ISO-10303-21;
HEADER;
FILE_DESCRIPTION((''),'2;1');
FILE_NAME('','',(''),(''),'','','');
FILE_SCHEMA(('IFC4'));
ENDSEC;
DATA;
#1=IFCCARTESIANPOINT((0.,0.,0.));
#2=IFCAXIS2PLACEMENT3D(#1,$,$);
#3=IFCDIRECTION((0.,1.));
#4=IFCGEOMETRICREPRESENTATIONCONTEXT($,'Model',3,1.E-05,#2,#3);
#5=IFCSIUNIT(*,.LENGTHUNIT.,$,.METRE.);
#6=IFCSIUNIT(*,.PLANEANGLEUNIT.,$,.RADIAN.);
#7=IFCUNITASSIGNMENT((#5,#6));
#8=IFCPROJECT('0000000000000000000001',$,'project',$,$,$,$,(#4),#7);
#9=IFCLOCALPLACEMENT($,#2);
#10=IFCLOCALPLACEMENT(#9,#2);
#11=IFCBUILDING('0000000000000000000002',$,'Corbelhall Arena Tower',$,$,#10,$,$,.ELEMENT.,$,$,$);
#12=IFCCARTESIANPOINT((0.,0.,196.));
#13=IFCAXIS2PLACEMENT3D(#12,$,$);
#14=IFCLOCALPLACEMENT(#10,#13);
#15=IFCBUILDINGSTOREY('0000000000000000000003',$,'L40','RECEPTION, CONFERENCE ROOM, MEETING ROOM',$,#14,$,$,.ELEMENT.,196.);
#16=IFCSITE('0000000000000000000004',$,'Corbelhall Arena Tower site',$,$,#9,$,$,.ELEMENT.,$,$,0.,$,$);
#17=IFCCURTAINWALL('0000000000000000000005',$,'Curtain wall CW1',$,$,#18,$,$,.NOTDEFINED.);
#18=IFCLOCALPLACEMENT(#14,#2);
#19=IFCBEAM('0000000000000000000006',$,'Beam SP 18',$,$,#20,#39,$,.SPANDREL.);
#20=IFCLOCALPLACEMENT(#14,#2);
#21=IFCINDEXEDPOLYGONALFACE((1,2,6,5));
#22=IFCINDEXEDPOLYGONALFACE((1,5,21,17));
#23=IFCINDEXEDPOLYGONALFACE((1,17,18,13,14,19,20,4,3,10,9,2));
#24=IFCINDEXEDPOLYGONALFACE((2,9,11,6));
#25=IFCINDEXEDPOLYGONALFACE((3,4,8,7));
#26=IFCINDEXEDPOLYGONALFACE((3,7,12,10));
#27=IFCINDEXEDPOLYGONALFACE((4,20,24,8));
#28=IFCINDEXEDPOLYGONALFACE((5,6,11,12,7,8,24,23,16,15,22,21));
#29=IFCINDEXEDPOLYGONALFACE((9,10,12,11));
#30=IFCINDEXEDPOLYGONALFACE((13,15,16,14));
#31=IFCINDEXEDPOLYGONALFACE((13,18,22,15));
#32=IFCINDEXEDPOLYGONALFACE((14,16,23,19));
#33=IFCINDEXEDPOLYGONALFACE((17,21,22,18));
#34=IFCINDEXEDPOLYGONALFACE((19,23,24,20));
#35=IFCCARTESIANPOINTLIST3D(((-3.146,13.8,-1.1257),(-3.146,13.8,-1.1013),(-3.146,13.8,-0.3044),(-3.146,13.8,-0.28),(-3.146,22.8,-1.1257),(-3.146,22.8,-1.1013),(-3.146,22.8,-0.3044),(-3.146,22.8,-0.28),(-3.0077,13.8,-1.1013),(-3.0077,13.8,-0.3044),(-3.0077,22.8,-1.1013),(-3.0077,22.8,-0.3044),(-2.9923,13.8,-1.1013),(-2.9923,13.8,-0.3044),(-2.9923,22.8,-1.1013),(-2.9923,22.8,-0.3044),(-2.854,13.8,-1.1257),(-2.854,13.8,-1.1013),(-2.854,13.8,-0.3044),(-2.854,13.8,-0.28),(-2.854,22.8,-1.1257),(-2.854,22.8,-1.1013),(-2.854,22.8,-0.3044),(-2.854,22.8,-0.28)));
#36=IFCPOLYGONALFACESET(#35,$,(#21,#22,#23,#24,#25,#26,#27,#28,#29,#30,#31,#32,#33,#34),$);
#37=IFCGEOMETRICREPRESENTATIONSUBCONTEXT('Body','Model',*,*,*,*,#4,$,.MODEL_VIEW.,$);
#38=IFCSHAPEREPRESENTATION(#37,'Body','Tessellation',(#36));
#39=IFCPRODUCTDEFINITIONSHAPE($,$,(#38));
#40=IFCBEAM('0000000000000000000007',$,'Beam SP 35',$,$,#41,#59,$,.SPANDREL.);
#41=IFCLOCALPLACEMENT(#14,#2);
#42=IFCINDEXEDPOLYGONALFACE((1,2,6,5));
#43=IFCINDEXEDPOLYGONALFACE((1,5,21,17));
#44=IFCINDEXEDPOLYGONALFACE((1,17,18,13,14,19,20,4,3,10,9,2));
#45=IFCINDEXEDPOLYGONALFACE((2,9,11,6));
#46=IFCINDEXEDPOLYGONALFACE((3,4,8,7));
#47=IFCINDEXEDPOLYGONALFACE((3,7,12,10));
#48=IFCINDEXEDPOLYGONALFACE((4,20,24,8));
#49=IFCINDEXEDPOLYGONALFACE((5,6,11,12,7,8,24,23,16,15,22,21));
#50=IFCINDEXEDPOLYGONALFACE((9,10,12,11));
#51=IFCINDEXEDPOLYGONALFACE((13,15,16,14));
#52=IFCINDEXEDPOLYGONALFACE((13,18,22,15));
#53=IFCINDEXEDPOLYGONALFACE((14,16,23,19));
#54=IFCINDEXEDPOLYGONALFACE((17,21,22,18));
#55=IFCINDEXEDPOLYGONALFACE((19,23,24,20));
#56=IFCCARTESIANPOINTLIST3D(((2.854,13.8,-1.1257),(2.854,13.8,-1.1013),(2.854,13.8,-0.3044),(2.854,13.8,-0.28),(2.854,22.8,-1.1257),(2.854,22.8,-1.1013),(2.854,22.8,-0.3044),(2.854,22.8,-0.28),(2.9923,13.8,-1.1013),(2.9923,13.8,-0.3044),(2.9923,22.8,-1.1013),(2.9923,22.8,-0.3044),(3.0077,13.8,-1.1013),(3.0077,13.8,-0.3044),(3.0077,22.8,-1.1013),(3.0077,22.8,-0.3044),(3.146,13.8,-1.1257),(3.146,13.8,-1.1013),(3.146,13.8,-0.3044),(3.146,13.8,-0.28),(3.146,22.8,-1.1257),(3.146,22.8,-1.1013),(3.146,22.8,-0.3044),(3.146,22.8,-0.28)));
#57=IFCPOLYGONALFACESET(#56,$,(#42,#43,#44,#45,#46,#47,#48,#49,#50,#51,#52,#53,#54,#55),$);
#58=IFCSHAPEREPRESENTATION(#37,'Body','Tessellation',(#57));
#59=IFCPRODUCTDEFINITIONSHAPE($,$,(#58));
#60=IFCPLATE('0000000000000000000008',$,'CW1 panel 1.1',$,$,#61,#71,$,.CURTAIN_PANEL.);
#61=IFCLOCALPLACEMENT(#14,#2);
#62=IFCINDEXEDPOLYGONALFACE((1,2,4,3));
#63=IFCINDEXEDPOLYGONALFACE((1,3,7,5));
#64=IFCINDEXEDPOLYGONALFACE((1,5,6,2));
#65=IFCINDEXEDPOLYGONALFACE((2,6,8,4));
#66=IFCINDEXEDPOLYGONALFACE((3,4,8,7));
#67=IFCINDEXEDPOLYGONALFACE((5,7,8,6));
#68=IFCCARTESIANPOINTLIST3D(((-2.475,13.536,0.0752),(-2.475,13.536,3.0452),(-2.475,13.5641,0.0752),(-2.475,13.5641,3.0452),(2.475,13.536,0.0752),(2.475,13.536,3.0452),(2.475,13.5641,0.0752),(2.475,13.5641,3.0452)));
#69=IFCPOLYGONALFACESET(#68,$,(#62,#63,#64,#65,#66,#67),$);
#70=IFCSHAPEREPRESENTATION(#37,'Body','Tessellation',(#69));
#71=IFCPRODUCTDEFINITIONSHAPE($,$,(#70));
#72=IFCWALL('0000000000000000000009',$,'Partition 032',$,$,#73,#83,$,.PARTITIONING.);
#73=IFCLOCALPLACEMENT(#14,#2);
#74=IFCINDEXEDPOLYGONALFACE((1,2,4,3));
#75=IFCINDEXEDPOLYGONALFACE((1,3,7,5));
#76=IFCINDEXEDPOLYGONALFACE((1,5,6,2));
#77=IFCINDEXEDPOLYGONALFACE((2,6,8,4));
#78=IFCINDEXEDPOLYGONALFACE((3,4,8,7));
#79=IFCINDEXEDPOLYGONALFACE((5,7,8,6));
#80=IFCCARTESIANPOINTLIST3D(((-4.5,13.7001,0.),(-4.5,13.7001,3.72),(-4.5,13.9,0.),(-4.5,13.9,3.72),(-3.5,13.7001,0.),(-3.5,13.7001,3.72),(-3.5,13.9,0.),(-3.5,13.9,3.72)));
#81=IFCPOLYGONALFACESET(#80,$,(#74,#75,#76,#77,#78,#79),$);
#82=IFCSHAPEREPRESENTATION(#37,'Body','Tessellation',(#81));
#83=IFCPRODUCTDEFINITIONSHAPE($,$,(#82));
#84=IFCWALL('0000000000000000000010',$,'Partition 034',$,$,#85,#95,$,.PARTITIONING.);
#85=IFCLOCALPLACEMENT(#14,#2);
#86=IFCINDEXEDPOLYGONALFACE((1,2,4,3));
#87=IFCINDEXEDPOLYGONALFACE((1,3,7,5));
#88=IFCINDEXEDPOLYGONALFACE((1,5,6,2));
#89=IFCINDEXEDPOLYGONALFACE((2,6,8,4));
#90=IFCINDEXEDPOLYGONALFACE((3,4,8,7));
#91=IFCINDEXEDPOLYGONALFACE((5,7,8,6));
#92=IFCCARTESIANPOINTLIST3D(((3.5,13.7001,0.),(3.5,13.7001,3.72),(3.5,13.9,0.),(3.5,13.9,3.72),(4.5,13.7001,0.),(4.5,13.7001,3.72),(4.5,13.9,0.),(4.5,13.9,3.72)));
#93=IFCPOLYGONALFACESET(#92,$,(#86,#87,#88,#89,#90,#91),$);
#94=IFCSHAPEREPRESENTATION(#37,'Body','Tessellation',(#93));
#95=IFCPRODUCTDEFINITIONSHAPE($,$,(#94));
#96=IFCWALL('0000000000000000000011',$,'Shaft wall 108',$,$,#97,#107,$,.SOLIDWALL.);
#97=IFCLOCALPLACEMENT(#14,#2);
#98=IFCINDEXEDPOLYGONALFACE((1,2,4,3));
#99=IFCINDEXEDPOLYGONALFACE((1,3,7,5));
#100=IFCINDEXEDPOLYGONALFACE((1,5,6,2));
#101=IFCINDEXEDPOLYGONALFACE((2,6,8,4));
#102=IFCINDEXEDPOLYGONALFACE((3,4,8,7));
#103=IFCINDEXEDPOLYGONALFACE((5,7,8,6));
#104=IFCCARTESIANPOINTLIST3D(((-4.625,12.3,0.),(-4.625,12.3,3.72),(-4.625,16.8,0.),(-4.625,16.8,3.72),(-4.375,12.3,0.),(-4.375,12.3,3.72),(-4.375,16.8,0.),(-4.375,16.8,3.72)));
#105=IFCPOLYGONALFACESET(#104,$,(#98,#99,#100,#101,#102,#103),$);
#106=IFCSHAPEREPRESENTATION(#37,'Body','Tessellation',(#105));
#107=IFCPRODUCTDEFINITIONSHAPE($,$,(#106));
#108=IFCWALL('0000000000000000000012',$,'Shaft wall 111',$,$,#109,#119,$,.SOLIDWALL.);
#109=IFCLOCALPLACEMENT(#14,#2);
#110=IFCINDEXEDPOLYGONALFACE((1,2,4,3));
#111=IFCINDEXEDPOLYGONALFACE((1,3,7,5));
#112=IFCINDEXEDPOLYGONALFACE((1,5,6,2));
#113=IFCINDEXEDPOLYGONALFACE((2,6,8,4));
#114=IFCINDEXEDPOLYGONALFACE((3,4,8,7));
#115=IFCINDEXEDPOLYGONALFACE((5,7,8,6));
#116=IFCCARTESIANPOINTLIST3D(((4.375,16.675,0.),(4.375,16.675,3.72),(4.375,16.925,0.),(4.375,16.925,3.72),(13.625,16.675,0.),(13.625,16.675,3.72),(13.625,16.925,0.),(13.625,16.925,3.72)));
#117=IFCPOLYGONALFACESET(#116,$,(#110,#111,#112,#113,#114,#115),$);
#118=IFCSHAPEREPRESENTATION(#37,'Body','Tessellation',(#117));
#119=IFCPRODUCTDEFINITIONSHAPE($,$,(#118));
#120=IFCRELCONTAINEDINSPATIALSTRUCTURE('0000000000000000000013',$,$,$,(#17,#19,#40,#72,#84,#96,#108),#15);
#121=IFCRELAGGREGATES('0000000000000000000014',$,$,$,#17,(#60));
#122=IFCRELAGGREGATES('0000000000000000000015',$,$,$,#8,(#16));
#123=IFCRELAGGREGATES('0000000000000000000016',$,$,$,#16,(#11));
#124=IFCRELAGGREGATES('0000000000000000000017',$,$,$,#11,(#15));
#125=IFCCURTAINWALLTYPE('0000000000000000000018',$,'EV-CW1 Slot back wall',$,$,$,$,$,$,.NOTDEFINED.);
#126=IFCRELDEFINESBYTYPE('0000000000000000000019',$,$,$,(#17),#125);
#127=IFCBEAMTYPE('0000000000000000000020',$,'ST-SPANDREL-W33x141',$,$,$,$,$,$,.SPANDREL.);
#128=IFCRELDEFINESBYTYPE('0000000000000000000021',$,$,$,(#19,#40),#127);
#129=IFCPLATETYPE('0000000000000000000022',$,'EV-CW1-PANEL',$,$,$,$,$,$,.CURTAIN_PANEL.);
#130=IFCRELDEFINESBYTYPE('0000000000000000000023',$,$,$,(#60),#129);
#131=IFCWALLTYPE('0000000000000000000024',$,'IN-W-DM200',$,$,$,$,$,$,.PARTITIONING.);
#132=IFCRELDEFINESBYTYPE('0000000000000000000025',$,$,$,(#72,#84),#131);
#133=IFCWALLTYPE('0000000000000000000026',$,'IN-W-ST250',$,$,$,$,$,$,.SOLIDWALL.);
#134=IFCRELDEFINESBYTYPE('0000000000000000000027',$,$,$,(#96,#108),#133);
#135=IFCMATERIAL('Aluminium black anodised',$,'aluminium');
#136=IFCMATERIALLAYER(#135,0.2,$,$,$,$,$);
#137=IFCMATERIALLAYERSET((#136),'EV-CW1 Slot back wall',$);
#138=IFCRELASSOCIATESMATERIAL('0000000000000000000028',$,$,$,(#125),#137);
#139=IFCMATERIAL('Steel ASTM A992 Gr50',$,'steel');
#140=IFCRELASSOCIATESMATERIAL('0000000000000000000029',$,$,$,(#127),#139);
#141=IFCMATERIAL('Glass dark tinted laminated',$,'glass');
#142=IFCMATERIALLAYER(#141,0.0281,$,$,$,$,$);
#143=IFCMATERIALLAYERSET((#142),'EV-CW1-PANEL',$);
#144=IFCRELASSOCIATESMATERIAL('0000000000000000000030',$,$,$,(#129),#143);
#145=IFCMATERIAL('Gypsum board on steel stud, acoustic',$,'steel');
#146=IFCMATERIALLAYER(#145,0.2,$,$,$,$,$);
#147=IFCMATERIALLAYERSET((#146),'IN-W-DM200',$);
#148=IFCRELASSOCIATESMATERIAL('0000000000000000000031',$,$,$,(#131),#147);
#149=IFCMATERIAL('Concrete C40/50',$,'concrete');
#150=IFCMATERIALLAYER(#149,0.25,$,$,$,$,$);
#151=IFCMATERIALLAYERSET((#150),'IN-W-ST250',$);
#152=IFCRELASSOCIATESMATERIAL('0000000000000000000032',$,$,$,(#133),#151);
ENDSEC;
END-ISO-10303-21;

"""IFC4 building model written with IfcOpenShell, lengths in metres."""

from ifc_helpers import new_model, si_unit, direction, frame, frame_2d, origin, origin_2d, place, context, subcontext, project, spatial, rectangle, i_section, extrude, material, layer, layer_set, material_profile, profile_set, type_object, element, aggregate, save


model = new_model("IFC4")

# Units and contexts
model_context = context("Model", 3, precision=1e-05, world=origin(), true_north=direction((0.0, 1.0)))
body_context = subcontext(model_context, "Body", "Model", "MODEL_VIEW")
ifc_project = project(units=[si_unit("LENGTHUNIT", "METRE"), si_unit("PLANEANGLEUNIT", "RADIAN")], contexts=[model_context])

# Site, building, storey
site_placement = place(None, origin())
site = spatial("IfcSite", under=ifc_project, at=site_placement, Name="Corbelhall Arena Tower site", CompositionType="ELEMENT", RefElevation=0.0)
building_placement = place(site_placement, origin())
building = spatial("IfcBuilding", under=site, at=building_placement, Name="Corbelhall Arena Tower", CompositionType="ELEMENT")
storey_placement = place(building_placement, frame((0.0, 0.0, 196.0)))
storey = spatial("IfcBuildingStorey", under=building, at=storey_placement, Name="L40", Description="RECEPTION, CONFERENCE ROOM, MEETING ROOM", CompositionType="ELEMENT", Elevation=196.0)

# Curtain wall
ifc_material_1 = material(Name="Aluminium black anodised", Category="aluminium")
ifc_layer_1 = layer(ifc_material_1, 0.2)
ifc_layer_set_1 = layer_set([ifc_layer_1], Name="EV-CW1 Slot back wall")
curtain_wall_type = type_object("IfcCurtainWallType", Name="EV-CW1 Slot back wall", PredefinedType="NOTDEFINED", material=ifc_layer_set_1)
curtain_wall_placement = place(storey_placement, origin())
curtain_wall = element("IfcCurtainWall", 1, at=curtain_wall_placement, inside=storey, type_object=curtain_wall_type, Name="Curtain wall CW1", PredefinedType="NOTDEFINED")

# Beams
ifc_material_2 = material(Name="Steel ASTM A992 Gr50", Category="steel")
ifc_material_profile_1 = material_profile(ifc_material_2, i_section(OverallWidth=0.292, OverallDepth=0.8457, WebThickness=0.0154, FlangeThickness=0.0244, at=origin_2d()))
ifc_profile_set_1 = profile_set([ifc_material_profile_1], Name="Steel ASTM A992 Gr50")
beam_type_1 = type_object("IfcBeamType", Name="ST-SPANDREL-W33x141", PredefinedType="SPANDREL", material=ifc_profile_set_1)
for number, where, z_axis, x_axis, name in (
    (2, (-3.0, 22.8, -0.7029), (0.0, -1.0, 0.0), (1.0, 0.0, 0.0), "Beam SP 18"),
    (3, (3.0, 13.8, -0.7029), (0.0, 1.0, 0.0), (-1.0, 0.0, 0.0), "Beam SP 35"),
):
    element("IfcBeam", number, at=place(storey_placement, frame(where, z_axis=z_axis, x_axis=x_axis)), inside=storey, type_object=beam_type_1, Name=name, PredefinedType="SPANDREL", context=body_context, shape_type="SweptSolid", body=[
        extrude(i_section(OverallWidth=0.292, OverallDepth=0.8457, WebThickness=0.0154, FlangeThickness=0.0244, at=origin_2d()), origin(), (0.0, 0.0, 1.0), 9.0),
    ])

# Plate
ifc_material_3 = material(Name="Glass dark tinted laminated", Category="glass")
ifc_layer_2 = layer(ifc_material_3, 0.0281)
ifc_layer_set_2 = layer_set([ifc_layer_2], Name="EV-CW1-PANEL")
plate_type = type_object("IfcPlateType", Name="EV-CW1-PANEL", PredefinedType="CURTAIN_PANEL", material=ifc_layer_set_2)
plate_placement = place(storey_placement, frame((0.0, 13.55, 0.0752), z_axis=(0.0, 0.0, 1.0), x_axis=(-1.0, 0.0, 0.0)))
plate = element("IfcPlate", 4, at=plate_placement, type_object=plate_type, Name="CW1 panel 1.1", PredefinedType="CURTAIN_PANEL", context=body_context, shape_type="SweptSolid", body=[
    extrude(rectangle(XDim=4.95, YDim=0.0281, at=origin_2d()), origin(), (0.0, 0.0, 1.0), 2.97),
])
aggregate(curtain_wall, [plate])

# Walls
ifc_material_4 = material(Name="Gypsum board on steel stud, acoustic", Category="steel")
ifc_layer_3 = layer(ifc_material_4, 0.2)
ifc_layer_set_3 = layer_set([ifc_layer_3], Name="IN-W-DM200")
wall_type_1 = type_object("IfcWallType", Name="IN-W-DM200", PredefinedType="PARTITIONING", material=ifc_layer_set_3)
for number, where, z_axis, x_axis, name in (
    (5, (-4.5, 13.8, 0.0), (0.0, 0.0, 1.0), (1.0, 0.0, 0.0), "Partition 032"),
    (6, (3.5, 13.8, 0.0), (0.0, 0.0, 1.0), (1.0, 0.0, 0.0), "Partition 034"),
):
    element("IfcWall", number, at=place(storey_placement, frame(where, z_axis=z_axis, x_axis=x_axis)), inside=storey, type_object=wall_type_1, Name=name, PredefinedType="PARTITIONING", context=body_context, shape_type="SweptSolid", body=[
        extrude(rectangle(XDim=1.0, YDim=0.2, at=frame_2d((0.5, 0.0))), origin(), (0.0, 0.0, 1.0), 3.72),
    ])
ifc_material_5 = material(Name="Concrete C40/50", Category="concrete")
ifc_layer_4 = layer(ifc_material_5, 0.25)
ifc_layer_set_4 = layer_set([ifc_layer_4], Name="IN-W-ST250")
wall_type_2 = type_object("IfcWallType", Name="IN-W-ST250", PredefinedType="SOLIDWALL", material=ifc_layer_set_4)
wall_1_placement = place(storey_placement, frame((-4.5, 16.8, 0.0), z_axis=(0.0, 0.0, 1.0), x_axis=(0.0, -1.0, 0.0)))
element("IfcWall", 7, at=wall_1_placement, inside=storey, type_object=wall_type_2, Name="Shaft wall 108", PredefinedType="SOLIDWALL", context=body_context, shape_type="SweptSolid", body=[
    extrude(rectangle(XDim=4.5, YDim=0.25, at=frame_2d((2.25, 0.0))), origin(), (0.0, 0.0, 1.0), 3.72),
])
wall_2_placement = place(storey_placement, frame((4.375, 16.8, 0.0), z_axis=(0.0, 0.0, 1.0), x_axis=(1.0, 0.0, 0.0)))
element("IfcWall", 8, at=wall_2_placement, inside=storey, type_object=wall_type_2, Name="Shaft wall 111", PredefinedType="SOLIDWALL", context=body_context, shape_type="SweptSolid", body=[
    extrude(rectangle(XDim=9.25, YDim=0.25, at=frame_2d((4.625, 0.0))), origin(), (0.0, 0.0, 1.0), 3.72),
])

save(model, "model.ifc")
